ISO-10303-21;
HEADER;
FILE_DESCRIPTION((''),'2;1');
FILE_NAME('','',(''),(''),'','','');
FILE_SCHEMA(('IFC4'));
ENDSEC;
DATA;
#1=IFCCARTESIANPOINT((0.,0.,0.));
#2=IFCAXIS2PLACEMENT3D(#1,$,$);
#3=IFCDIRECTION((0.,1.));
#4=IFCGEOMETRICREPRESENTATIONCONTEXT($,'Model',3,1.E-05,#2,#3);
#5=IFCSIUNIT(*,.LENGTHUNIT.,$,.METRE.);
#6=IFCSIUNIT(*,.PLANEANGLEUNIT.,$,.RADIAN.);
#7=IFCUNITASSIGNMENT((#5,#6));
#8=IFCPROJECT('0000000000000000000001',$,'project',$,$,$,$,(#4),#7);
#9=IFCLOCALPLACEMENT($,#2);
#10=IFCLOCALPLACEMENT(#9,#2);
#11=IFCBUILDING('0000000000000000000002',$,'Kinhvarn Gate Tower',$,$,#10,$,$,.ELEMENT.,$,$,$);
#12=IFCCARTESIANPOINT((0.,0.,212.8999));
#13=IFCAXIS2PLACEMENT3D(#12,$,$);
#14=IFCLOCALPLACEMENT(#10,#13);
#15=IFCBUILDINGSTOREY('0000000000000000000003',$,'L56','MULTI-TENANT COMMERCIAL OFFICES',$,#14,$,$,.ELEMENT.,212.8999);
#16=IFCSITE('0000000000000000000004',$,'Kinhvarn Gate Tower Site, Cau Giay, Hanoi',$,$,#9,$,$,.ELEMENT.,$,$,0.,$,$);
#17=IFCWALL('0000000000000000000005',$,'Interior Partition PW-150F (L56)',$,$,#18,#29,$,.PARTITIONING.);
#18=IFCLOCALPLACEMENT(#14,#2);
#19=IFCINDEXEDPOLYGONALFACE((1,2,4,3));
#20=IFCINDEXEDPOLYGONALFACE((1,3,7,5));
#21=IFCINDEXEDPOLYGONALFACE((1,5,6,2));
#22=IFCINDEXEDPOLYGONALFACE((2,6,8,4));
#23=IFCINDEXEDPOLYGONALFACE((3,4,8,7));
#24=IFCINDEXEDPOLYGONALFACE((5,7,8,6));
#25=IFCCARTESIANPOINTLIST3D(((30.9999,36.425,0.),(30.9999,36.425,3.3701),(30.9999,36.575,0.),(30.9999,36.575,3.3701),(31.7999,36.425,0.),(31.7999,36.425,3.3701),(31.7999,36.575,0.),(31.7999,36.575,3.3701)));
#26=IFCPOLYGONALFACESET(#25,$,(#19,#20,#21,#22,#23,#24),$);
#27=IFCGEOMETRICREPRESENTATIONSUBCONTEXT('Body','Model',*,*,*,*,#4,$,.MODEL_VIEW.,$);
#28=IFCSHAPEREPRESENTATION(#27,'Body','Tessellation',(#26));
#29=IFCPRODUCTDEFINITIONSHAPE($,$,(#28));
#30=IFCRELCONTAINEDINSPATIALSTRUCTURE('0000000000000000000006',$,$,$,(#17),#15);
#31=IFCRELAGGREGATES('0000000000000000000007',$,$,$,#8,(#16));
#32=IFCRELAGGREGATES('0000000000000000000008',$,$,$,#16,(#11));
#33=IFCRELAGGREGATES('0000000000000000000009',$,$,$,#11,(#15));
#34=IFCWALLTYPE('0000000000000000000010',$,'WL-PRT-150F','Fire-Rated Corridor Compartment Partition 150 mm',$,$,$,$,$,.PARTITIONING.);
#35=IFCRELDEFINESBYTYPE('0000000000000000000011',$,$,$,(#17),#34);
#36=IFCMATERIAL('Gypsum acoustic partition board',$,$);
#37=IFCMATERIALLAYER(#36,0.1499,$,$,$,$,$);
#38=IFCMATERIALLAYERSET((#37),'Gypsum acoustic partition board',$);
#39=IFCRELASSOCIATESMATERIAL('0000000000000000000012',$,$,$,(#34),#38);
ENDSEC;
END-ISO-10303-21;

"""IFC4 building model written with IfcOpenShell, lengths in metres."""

from ifc_helpers import new_model, si_unit, direction, frame, frame_2d, origin, place, context, subcontext, project, spatial, rectangle, extrude, material, layer, layer_set, type_object, element, save


model = new_model("IFC4")

# Units and contexts
model_context = context("Model", 3, precision=1e-05, world=origin(), true_north=direction((0.0, 1.0)))
body_context = subcontext(model_context, "Body", "Model", "MODEL_VIEW")
ifc_project = project(units=[si_unit("LENGTHUNIT", "METRE"), si_unit("PLANEANGLEUNIT", "RADIAN")], contexts=[model_context])

# Site, building, storey
site_placement = place(None, origin())
site = spatial("IfcSite", under=ifc_project, at=site_placement, Name="Kinhvarn Gate Tower Site, Cau Giay, Hanoi", CompositionType="ELEMENT", RefElevation=0.0)
building_placement = place(site_placement, origin())
building = spatial("IfcBuilding", under=site, at=building_placement, Name="Kinhvarn Gate Tower", CompositionType="ELEMENT")
storey_placement = place(building_placement, frame((0.0, 0.0, 212.8999)))
storey = spatial("IfcBuildingStorey", under=building, at=storey_placement, Name="L56", Description="MULTI-TENANT COMMERCIAL OFFICES", CompositionType="ELEMENT", Elevation=212.8999)

# Shared definitions
ifc_material_1 = material(Name="Gypsum acoustic partition board")

# Shared definitions
ifc_layer_1 = layer(ifc_material_1, 0.1499)
ifc_layer_set_1 = layer_set([ifc_layer_1], Name="Gypsum acoustic partition board")
wall_type_1 = type_object("IfcWallType", Name="WL-PRT-150F", Description="Fire-Rated Corridor Compartment Partition 150 mm", PredefinedType="PARTITIONING", material=ifc_layer_set_1)

# Wall
wall_1_placement = place(storey_placement, frame((31.0, 36.5, 0.0), z_axis=(0.0, 0.0, 1.0), x_axis=(1.0, 0.0, 0.0)))
element("IfcWall", 1, at=wall_1_placement, inside=storey, type_object=wall_type_1, Name="Interior Partition PW-150F (L56)", PredefinedType="PARTITIONING", context=body_context, shape_type="SweptSolid", body=[
    extrude(rectangle(XDim=0.8, YDim=0.1499, at=frame_2d((0.3999, 0.0))), origin(), (0.0, 0.0, 1.0), 3.3701),
])

save(model, "model.ifc")
